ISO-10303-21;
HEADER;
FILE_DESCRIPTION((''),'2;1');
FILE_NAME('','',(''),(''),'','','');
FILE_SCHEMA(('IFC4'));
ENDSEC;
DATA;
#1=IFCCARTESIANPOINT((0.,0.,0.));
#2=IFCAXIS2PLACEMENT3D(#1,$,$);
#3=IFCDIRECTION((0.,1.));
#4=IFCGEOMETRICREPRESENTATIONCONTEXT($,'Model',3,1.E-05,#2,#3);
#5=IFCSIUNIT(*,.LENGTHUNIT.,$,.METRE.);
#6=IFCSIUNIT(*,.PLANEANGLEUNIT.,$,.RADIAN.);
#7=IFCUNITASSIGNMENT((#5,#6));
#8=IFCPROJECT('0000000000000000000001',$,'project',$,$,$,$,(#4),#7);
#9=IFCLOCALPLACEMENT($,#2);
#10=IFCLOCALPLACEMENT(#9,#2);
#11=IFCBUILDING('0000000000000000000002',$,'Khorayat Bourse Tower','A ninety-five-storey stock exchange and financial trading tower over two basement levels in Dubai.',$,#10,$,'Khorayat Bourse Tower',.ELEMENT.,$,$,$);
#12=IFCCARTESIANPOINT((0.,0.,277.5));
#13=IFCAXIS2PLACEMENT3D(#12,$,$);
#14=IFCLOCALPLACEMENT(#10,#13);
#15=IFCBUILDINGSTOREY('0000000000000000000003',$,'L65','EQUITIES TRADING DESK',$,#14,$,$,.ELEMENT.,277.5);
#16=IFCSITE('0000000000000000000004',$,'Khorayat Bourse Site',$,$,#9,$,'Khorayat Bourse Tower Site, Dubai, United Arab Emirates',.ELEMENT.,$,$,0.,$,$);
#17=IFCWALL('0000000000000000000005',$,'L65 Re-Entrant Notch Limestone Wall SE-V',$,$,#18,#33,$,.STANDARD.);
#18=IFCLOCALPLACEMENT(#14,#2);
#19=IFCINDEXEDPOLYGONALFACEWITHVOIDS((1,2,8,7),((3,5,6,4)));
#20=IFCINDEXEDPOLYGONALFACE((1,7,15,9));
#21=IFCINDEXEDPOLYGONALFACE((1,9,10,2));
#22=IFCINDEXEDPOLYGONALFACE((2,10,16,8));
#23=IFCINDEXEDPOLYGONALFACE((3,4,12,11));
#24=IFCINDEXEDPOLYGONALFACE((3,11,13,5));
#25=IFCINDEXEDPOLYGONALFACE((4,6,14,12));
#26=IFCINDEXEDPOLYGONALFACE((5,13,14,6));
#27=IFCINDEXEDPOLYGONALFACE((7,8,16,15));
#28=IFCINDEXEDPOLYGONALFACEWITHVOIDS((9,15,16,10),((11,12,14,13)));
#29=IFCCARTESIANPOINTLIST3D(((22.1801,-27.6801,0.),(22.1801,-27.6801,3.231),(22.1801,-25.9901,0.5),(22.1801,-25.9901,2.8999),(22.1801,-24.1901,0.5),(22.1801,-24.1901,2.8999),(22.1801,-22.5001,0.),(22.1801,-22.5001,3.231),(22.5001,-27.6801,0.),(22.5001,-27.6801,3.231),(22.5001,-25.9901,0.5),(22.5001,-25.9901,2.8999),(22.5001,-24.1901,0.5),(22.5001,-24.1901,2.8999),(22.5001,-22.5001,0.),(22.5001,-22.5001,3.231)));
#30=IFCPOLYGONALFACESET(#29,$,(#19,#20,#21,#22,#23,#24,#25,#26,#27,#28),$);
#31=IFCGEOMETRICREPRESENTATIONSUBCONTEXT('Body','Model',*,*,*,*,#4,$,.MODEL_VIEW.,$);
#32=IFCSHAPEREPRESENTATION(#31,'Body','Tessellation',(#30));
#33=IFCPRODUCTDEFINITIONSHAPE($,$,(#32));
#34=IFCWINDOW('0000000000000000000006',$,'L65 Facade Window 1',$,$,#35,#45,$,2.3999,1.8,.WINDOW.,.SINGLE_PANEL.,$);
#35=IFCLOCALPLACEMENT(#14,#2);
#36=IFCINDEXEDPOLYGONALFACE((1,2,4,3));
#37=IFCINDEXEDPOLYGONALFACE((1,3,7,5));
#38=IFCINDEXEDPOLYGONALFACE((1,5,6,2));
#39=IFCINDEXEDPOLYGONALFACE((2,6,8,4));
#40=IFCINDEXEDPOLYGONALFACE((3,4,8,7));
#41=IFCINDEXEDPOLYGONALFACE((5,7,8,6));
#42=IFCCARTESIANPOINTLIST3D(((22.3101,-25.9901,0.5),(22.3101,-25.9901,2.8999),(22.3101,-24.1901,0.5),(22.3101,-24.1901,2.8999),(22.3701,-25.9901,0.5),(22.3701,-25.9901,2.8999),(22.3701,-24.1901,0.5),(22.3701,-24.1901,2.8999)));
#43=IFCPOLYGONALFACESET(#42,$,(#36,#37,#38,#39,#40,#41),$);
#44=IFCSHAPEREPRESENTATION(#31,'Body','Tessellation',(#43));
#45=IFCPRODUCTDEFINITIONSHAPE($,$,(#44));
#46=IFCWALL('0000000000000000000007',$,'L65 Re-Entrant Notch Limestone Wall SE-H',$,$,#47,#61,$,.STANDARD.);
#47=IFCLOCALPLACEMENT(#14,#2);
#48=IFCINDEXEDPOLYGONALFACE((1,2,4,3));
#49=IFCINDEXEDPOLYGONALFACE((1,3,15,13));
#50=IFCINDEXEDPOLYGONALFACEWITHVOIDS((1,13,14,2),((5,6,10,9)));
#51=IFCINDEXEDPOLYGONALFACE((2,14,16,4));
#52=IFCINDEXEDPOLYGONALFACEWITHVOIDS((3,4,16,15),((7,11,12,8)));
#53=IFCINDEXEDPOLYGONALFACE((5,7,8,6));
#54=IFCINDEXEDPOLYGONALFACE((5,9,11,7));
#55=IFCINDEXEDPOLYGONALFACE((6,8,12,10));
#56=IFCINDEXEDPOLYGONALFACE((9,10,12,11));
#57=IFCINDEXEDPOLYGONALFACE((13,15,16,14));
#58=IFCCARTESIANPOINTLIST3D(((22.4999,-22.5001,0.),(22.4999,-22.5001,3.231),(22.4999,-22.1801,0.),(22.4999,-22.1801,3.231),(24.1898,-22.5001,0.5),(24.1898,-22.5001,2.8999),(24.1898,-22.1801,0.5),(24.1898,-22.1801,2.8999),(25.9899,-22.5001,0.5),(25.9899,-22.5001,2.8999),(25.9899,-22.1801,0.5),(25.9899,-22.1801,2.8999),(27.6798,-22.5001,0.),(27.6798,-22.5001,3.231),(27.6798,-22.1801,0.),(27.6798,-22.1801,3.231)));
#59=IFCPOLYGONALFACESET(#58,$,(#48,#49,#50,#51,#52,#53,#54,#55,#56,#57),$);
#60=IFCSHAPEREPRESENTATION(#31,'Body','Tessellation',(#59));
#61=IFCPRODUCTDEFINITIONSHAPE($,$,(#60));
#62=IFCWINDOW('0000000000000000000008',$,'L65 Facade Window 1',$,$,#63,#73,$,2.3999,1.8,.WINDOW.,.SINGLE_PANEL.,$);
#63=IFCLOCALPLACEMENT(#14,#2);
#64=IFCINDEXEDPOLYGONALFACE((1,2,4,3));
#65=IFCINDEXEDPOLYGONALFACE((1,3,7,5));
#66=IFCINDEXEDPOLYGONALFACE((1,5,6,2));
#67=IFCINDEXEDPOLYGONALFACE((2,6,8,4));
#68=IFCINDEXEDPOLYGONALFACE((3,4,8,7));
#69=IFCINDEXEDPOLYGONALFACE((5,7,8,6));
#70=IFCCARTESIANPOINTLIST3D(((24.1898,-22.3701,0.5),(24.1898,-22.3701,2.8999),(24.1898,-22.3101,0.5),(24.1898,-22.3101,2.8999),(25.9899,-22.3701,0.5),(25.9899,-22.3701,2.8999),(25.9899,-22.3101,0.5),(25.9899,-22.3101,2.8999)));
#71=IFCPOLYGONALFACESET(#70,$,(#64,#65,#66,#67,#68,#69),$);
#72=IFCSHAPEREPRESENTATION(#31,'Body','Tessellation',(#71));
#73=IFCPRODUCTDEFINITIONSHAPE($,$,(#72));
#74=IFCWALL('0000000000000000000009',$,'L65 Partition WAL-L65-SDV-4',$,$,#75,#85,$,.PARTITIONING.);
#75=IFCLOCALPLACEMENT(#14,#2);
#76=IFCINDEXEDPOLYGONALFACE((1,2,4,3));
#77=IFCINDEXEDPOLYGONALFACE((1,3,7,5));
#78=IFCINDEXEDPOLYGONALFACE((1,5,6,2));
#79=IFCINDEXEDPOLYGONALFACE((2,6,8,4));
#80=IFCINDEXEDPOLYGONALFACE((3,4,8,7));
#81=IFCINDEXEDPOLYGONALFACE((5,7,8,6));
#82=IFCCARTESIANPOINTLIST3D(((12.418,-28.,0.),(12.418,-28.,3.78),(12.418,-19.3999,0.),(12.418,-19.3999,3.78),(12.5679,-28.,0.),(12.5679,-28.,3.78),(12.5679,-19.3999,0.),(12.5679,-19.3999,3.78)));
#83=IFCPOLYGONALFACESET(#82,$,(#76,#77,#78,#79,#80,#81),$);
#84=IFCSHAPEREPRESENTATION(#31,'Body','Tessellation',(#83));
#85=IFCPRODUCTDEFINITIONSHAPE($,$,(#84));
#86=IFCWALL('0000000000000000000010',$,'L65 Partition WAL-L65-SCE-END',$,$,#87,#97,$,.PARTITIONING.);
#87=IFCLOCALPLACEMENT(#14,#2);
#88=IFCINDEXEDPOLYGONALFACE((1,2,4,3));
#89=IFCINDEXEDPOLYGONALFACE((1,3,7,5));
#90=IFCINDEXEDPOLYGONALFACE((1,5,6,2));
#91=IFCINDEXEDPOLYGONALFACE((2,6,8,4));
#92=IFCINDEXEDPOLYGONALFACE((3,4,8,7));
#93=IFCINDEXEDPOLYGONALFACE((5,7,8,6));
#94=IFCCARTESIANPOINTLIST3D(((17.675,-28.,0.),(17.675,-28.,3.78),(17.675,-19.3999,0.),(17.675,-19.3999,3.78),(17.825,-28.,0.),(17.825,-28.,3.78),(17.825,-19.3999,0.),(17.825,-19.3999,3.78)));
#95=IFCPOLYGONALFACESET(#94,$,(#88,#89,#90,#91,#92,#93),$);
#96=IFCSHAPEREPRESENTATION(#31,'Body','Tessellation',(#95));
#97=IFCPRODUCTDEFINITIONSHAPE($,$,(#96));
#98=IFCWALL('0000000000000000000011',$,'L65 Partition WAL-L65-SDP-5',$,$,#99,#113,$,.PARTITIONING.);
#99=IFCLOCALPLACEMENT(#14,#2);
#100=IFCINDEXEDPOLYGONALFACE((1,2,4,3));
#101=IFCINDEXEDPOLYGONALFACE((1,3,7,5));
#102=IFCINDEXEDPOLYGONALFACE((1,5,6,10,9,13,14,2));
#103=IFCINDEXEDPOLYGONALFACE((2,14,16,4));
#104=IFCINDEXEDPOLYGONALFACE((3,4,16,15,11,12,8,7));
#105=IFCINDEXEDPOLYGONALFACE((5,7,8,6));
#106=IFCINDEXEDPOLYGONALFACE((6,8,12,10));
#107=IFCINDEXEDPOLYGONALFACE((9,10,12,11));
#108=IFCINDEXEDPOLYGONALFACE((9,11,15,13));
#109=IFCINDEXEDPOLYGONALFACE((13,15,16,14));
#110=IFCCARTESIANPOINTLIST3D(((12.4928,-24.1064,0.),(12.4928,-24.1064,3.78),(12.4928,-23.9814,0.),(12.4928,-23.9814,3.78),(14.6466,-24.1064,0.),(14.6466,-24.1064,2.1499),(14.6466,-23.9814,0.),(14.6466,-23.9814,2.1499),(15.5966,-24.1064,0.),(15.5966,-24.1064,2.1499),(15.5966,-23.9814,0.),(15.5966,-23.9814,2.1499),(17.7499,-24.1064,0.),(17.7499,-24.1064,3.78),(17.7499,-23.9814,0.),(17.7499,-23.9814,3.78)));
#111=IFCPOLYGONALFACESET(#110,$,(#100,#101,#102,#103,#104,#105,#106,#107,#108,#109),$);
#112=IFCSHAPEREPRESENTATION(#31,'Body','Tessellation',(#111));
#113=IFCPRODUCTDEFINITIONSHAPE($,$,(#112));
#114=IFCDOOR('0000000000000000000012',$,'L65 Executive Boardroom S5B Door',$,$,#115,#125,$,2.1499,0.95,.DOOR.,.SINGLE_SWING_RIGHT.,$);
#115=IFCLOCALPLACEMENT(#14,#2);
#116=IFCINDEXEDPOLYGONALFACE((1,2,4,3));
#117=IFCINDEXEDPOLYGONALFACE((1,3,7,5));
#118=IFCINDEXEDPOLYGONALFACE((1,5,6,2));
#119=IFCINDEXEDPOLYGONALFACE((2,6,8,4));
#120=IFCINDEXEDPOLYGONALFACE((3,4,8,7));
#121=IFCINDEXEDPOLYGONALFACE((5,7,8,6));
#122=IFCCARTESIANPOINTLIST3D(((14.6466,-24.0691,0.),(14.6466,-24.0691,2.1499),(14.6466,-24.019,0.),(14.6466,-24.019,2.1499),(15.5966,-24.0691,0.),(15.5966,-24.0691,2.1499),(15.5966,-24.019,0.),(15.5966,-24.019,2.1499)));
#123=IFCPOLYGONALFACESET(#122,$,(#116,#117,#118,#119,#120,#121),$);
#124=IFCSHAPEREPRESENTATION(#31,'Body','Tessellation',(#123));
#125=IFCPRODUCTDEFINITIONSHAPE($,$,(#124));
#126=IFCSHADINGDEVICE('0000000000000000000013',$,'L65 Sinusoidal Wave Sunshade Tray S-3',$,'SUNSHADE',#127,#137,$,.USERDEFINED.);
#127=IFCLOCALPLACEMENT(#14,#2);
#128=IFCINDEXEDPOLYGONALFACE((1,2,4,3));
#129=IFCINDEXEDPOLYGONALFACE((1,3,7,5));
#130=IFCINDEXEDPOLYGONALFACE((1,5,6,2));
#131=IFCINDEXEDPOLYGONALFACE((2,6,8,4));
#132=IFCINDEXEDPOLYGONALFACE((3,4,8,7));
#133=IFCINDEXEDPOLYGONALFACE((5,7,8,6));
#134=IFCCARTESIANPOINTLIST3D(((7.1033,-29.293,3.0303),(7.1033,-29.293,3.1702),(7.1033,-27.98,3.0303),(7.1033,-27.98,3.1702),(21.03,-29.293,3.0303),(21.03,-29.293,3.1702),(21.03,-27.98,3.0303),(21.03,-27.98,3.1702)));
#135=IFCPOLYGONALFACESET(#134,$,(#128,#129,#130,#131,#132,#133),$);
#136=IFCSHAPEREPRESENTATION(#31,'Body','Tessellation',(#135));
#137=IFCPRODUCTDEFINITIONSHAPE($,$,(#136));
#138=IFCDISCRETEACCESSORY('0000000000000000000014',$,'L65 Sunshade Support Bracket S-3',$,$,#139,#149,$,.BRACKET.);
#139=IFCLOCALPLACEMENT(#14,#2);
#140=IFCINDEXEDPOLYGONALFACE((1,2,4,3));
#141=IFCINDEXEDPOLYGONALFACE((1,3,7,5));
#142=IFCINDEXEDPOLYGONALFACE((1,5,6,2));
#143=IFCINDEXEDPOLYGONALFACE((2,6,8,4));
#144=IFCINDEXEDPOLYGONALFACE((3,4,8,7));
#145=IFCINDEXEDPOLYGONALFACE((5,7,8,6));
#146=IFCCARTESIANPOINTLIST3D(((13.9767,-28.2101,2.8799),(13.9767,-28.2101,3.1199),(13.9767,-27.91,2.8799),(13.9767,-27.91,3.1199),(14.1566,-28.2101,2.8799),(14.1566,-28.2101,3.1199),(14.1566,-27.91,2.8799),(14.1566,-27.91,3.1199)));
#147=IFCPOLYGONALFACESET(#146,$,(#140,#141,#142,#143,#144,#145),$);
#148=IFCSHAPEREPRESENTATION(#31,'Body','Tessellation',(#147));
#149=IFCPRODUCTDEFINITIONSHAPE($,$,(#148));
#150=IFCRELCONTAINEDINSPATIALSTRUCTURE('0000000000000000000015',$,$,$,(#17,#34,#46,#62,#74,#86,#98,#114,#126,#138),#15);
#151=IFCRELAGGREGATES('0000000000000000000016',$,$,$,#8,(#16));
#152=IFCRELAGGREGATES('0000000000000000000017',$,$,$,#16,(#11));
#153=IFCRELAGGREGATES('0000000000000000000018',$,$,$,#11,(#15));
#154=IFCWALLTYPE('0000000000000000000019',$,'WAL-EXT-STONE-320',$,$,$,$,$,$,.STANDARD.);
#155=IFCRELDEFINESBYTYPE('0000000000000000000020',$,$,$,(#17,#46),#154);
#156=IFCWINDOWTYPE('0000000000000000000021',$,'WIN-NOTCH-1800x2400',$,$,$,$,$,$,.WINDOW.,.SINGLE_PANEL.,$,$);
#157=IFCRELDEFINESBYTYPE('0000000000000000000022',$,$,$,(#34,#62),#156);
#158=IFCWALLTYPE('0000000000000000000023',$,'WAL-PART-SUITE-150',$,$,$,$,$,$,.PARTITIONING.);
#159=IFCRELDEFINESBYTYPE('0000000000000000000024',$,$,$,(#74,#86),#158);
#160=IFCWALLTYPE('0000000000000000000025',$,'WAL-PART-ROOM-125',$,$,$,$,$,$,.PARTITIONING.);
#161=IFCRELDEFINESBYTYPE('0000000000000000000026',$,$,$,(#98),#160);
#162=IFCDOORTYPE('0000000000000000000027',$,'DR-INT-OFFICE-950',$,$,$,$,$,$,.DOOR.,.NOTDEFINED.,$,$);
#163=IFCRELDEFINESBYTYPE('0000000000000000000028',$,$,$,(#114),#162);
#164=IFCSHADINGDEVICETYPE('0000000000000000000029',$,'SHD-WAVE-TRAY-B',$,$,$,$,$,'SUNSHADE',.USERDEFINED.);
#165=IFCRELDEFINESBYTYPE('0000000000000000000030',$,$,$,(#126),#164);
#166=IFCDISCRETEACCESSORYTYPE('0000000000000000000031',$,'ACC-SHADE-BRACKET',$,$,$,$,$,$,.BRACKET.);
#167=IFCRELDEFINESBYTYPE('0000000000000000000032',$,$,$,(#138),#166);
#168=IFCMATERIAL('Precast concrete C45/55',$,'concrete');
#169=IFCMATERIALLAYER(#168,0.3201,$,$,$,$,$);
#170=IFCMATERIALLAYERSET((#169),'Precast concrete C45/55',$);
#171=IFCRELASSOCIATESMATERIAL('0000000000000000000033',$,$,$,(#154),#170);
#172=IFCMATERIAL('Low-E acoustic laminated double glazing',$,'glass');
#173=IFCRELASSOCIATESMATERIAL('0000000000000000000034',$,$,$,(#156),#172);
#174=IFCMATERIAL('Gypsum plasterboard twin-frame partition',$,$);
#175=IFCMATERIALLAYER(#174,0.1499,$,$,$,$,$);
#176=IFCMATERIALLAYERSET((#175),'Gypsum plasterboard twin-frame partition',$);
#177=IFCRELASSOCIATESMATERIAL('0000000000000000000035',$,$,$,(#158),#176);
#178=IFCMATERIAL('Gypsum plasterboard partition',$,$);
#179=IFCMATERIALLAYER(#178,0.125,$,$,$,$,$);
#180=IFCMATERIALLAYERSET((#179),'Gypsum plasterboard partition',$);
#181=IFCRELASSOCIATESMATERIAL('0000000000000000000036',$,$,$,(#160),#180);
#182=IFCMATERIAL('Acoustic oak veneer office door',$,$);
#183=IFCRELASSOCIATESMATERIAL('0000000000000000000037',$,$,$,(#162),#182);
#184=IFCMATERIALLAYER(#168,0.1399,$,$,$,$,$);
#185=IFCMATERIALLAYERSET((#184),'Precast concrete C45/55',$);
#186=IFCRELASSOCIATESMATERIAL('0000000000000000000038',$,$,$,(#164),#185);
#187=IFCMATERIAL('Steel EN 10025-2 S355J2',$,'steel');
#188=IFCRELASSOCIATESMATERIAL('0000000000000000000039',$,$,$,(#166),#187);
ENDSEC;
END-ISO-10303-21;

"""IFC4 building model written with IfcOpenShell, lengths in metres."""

from ifc_helpers import new_model, si_unit, direction, frame, frame_2d, origin, origin_2d, place, context, subcontext, project, spatial, rectangle, extrude, source, transform, mapped, material, layer, layer_set, type_object, element, fill, save


model = new_model("IFC4")

# Units and contexts
model_context = context("Model", 3, precision=1e-05, world=origin(), true_north=direction((0.0, 1.0)))
body_context = subcontext(model_context, "Body", "Model", "MODEL_VIEW")
ifc_project = project(units=[si_unit("LENGTHUNIT", "METRE"), si_unit("PLANEANGLEUNIT", "RADIAN")], contexts=[model_context])

# Site, building, storey
site_placement = place(None, origin())
site = spatial("IfcSite", under=ifc_project, at=site_placement, Name="Khorayat Bourse Site", LongName="Khorayat Bourse Tower Site, Dubai, United Arab Emirates", CompositionType="ELEMENT", RefElevation=0.0)
building_placement = place(site_placement, origin())
building = spatial("IfcBuilding", under=site, at=building_placement, Name="Khorayat Bourse Tower", Description="A ninety-five-storey stock exchange and financial trading tower over two basement levels in Dubai.", LongName="Khorayat Bourse Tower", CompositionType="ELEMENT")
storey_placement = place(building_placement, frame((0.0, 0.0, 277.5)))
storey = spatial("IfcBuildingStorey", under=building, at=storey_placement, Name="L65", Description="EQUITIES TRADING DESK", CompositionType="ELEMENT", Elevation=277.5)

# Walls, openings, windows
ifc_material_1 = material(Name="Precast concrete C45/55", Category="concrete")
ifc_layer_1 = layer(ifc_material_1, 0.3201)
ifc_layer_set_1 = layer_set([ifc_layer_1], Name="Precast concrete C45/55")
wall_type_1 = type_object("IfcWallType", Name="WAL-EXT-STONE-320", PredefinedType="STANDARD", material=ifc_layer_set_1)
shared_shape_1 = source(origin(), body_context, "Body", "SweptSolid", [
    extrude(rectangle(XDim=5.1799, YDim=0.3201, at=frame_2d((2.5898, 0.0))), origin(), (0.0, 0.0, 1.0), 3.231),
])
wall_1_placement = place(storey_placement, frame((22.3401, -27.6799, 0.0), z_axis=(0.0, 0.0, 1.0), x_axis=(0.0, 1.0, 0.0)))
wall_1 = element("IfcWall", 1, at=wall_1_placement, inside=storey, type_object=wall_type_1, Name="L65 Re-Entrant Notch Limestone Wall SE-V", PredefinedType="STANDARD", context=body_context, shape_type="MappedRepresentation", body=[
    mapped(shared_shape_1, transform((0.0, 0.0, 0.0), scale=1.0)),
])
shared_shape_2 = source(origin(), body_context, "Body", "SweptSolid", [
    extrude(rectangle(XDim=1.8, YDim=2.3999, at=frame_2d((0.8999, 1.2))), frame((0.0, 0.1699, 0.0), z_axis=(0.0, -1.0, 0.0), x_axis=(1.0, 0.0, 0.0)), (0.0, 0.0, 1.0), 0.3401),
])
opening_1_placement = place(wall_1_placement, frame((1.6899, 0.0, 0.5)))
opening_1 = element("IfcOpeningElement", 2, at=opening_1_placement, cuts=wall_1, PredefinedType="OPENING", context=body_context, shape_type="MappedRepresentation", body=[
    mapped(shared_shape_2, transform((0.0, 0.0, 0.0), scale=1.0)),
])
ifc_material_2 = material(Name="Low-E acoustic laminated double glazing", Category="glass")
window_type = type_object("IfcWindowType", Name="WIN-NOTCH-1800x2400", PartitioningType="SINGLE_PANEL", PredefinedType="WINDOW", material=ifc_material_2)
shared_shape_3 = source(origin(), body_context, "Body", "SweptSolid", [
    extrude(rectangle(XDim=1.8, YDim=2.3999, at=frame_2d((0.8999, 1.2))), frame((0.0, 0.03, 0.0), z_axis=(0.0, -1.0, 0.0), x_axis=(1.0, 0.0, 0.0)), (0.0, 0.0, 1.0), 0.0601),
])
window_1_placement = place(opening_1_placement, origin())
window_1 = element("IfcWindow", 3, at=window_1_placement, inside=storey, type_object=window_type, Name="L65 Facade Window 1", OverallHeight=2.3999, OverallWidth=1.8, PartitioningType="SINGLE_PANEL", PredefinedType="WINDOW", context=body_context, shape_type="MappedRepresentation", body=[
    mapped(shared_shape_3, transform((0.0, 0.0, 0.0), scale=1.0)),
])
fill(opening_1, window_1)
wall_2_placement = place(storey_placement, frame((22.5, -22.3401, 0.0), z_axis=(0.0, 0.0, 1.0), x_axis=(1.0, 0.0, 0.0)))
wall_2 = element("IfcWall", 4, at=wall_2_placement, inside=storey, type_object=wall_type_1, Name="L65 Re-Entrant Notch Limestone Wall SE-H", PredefinedType="STANDARD", context=body_context, shape_type="MappedRepresentation", body=[
    mapped(shared_shape_1, transform((0.0, 0.0, 0.0), scale=1.0)),
])
opening_2_placement = place(wall_2_placement, frame((1.6899, 0.0, 0.5)))
opening_2 = element("IfcOpeningElement", 5, at=opening_2_placement, cuts=wall_2, PredefinedType="OPENING", context=body_context, shape_type="MappedRepresentation", body=[
    mapped(shared_shape_2, transform((0.0, 0.0, 0.0), scale=1.0)),
])
window_2_placement = place(opening_2_placement, origin())
window_2 = element("IfcWindow", 6, at=window_2_placement, inside=storey, type_object=window_type, Name="L65 Facade Window 1", OverallHeight=2.3999, OverallWidth=1.8, PartitioningType="SINGLE_PANEL", PredefinedType="WINDOW", context=body_context, shape_type="MappedRepresentation", body=[
    mapped(shared_shape_3, transform((0.0, 0.0, 0.0), scale=1.0)),
])
fill(opening_2, window_2)

# Walls
ifc_material_3 = material(Name="Gypsum plasterboard twin-frame partition")
ifc_layer_2 = layer(ifc_material_3, 0.1499)
ifc_layer_set_2 = layer_set([ifc_layer_2], Name="Gypsum plasterboard twin-frame partition")
wall_type_2 = type_object("IfcWallType", Name="WAL-PART-SUITE-150", PredefinedType="PARTITIONING", material=ifc_layer_set_2)
shared_shape_4 = source(origin(), body_context, "Body", "SweptSolid", [
    extrude(rectangle(XDim=8.6001, YDim=0.1499, at=frame_2d((4.3, 0.0))), origin(), (0.0, 0.0, 1.0), 3.78),
])
for number, where, z_axis, x_axis, name in (
    (7, (12.4929, -28.0, 0.0), (0.0, 0.0, 1.0), (0.0, 1.0, 0.0), "L65 Partition WAL-L65-SDV-4"),
    (8, (17.75, -28.0, 0.0), (0.0, 0.0, 1.0), (0.0, 1.0, 0.0), "L65 Partition WAL-L65-SCE-END"),
):
    element("IfcWall", number, at=place(storey_placement, frame(where, z_axis=z_axis, x_axis=x_axis)), inside=storey, type_object=wall_type_2, Name=name, PredefinedType="PARTITIONING", context=body_context, shape_type="MappedRepresentation", body=[
        mapped(shared_shape_4, transform((0.0, 0.0, 0.0), scale=1.0)),
    ])

# Wall, opening, door
ifc_material_4 = material(Name="Gypsum plasterboard partition")
ifc_layer_3 = layer(ifc_material_4, 0.125)
ifc_layer_set_3 = layer_set([ifc_layer_3], Name="Gypsum plasterboard partition")
wall_type_3 = type_object("IfcWallType", Name="WAL-PART-ROOM-125", PredefinedType="PARTITIONING", material=ifc_layer_set_3)
shared_shape_5 = source(origin(), body_context, "Body", "SweptSolid", [
    extrude(rectangle(XDim=5.2571, YDim=0.125, at=frame_2d((2.6284, 0.0))), origin(), (0.0, 0.0, 1.0), 3.78),
])
wall_3_placement = place(storey_placement, frame((12.4929, -24.0439, 0.0), z_axis=(0.0, 0.0, 1.0), x_axis=(1.0, 0.0, 0.0)))
wall_3 = element("IfcWall", 9, at=wall_3_placement, inside=storey, type_object=wall_type_3, Name="L65 Partition WAL-L65-SDP-5", PredefinedType="PARTITIONING", context=body_context, shape_type="MappedRepresentation", body=[
    mapped(shared_shape_5, transform((0.0, 0.0, 0.0), scale=1.0)),
])
shared_shape_6 = source(origin(), body_context, "Body", "SweptSolid", [
    extrude(rectangle(XDim=0.95, YDim=2.1499, at=frame_2d((0.4751, 1.075))), frame((0.0, 0.0725, 0.0), z_axis=(0.0, -1.0, 0.0), x_axis=(1.0, 0.0, 0.0)), (0.0, 0.0, 1.0), 0.145),
])
opening_3_placement = place(wall_3_placement, frame((2.1536, 0.0, 0.0)))
opening_3 = element("IfcOpeningElement", 10, at=opening_3_placement, cuts=wall_3, PredefinedType="OPENING", context=body_context, shape_type="MappedRepresentation", body=[
    mapped(shared_shape_6, transform((0.0, 0.0, 0.0), scale=1.0)),
])
ifc_material_5 = material(Name="Acoustic oak veneer office door")
door_type = type_object("IfcDoorType", Name="DR-INT-OFFICE-950", OperationType="NOTDEFINED", PredefinedType="DOOR", material=ifc_material_5)
shared_shape_7 = source(origin(), body_context, "Body", "SweptSolid", [
    extrude(rectangle(XDim=0.95, YDim=2.1499, at=frame_2d((0.4751, 1.075))), frame((0.0, 0.0249, 0.0), z_axis=(0.0, -1.0, 0.0), x_axis=(1.0, 0.0, 0.0)), (0.0, 0.0, 1.0), 0.05),
])
door_placement = place(opening_3_placement, origin())
door = element("IfcDoor", 11, at=door_placement, inside=storey, type_object=door_type, Name="L65 Executive Boardroom S5B Door", OperationType="SINGLE_SWING_RIGHT", OverallHeight=2.1499, OverallWidth=0.95, PredefinedType="DOOR", context=body_context, shape_type="MappedRepresentation", body=[
    mapped(shared_shape_7, transform((0.0, 0.0, 0.0), scale=1.0)),
])
fill(opening_3, door)

# Shading device
ifc_layer_4 = layer(ifc_material_1, 0.1399)
ifc_layer_set_4 = layer_set([ifc_layer_4], Name="Precast concrete C45/55")
shading_device_type = type_object("IfcShadingDeviceType", Name="SHD-WAVE-TRAY-B", ElementType="SUNSHADE", PredefinedType="USERDEFINED", material=ifc_layer_set_4)
shared_shape_8 = source(origin(), body_context, "Body", "SweptSolid", [
    extrude(rectangle(XDim=13.9268, YDim=1.313, at=origin_2d()), origin(), (0.0, 0.0, 1.0), 0.1399),
])
shading_device_placement = place(storey_placement, frame((14.0667, -28.6365, 3.0303), z_axis=(0.0, 0.0, 1.0), x_axis=(1.0, 0.0, 0.0)))
element("IfcShadingDevice", 12, at=shading_device_placement, inside=storey, type_object=shading_device_type, Name="L65 Sinusoidal Wave Sunshade Tray S-3", ObjectType="SUNSHADE", PredefinedType="USERDEFINED", context=body_context, shape_type="MappedRepresentation", body=[
    mapped(shared_shape_8, transform((0.0, 0.0, 0.0), scale=1.0)),
])

# Discrete accessory
ifc_material_6 = material(Name="Steel EN 10025-2 S355J2", Category="steel")
discrete_accessory_type = type_object("IfcDiscreteAccessoryType", Name="ACC-SHADE-BRACKET", PredefinedType="BRACKET", material=ifc_material_6)
shared_shape_9 = source(origin(), body_context, "Body", "SweptSolid", [
    extrude(rectangle(XDim=0.1799, YDim=0.3, at=origin_2d()), origin(), (0.0, 0.0, 1.0), 0.24),
])
discrete_accessory_placement = place(storey_placement, frame((14.0667, -28.0601, 2.8799), z_axis=(0.0, 0.0, 1.0), x_axis=(1.0, 0.0, 0.0)))
element("IfcDiscreteAccessory", 13, at=discrete_accessory_placement, inside=storey, type_object=discrete_accessory_type, Name="L65 Sunshade Support Bracket S-3", PredefinedType="BRACKET", context=body_context, shape_type="MappedRepresentation", body=[
    mapped(shared_shape_9, transform((0.0, 0.0, 0.0), scale=1.0)),
])

save(model, "model.ifc")
